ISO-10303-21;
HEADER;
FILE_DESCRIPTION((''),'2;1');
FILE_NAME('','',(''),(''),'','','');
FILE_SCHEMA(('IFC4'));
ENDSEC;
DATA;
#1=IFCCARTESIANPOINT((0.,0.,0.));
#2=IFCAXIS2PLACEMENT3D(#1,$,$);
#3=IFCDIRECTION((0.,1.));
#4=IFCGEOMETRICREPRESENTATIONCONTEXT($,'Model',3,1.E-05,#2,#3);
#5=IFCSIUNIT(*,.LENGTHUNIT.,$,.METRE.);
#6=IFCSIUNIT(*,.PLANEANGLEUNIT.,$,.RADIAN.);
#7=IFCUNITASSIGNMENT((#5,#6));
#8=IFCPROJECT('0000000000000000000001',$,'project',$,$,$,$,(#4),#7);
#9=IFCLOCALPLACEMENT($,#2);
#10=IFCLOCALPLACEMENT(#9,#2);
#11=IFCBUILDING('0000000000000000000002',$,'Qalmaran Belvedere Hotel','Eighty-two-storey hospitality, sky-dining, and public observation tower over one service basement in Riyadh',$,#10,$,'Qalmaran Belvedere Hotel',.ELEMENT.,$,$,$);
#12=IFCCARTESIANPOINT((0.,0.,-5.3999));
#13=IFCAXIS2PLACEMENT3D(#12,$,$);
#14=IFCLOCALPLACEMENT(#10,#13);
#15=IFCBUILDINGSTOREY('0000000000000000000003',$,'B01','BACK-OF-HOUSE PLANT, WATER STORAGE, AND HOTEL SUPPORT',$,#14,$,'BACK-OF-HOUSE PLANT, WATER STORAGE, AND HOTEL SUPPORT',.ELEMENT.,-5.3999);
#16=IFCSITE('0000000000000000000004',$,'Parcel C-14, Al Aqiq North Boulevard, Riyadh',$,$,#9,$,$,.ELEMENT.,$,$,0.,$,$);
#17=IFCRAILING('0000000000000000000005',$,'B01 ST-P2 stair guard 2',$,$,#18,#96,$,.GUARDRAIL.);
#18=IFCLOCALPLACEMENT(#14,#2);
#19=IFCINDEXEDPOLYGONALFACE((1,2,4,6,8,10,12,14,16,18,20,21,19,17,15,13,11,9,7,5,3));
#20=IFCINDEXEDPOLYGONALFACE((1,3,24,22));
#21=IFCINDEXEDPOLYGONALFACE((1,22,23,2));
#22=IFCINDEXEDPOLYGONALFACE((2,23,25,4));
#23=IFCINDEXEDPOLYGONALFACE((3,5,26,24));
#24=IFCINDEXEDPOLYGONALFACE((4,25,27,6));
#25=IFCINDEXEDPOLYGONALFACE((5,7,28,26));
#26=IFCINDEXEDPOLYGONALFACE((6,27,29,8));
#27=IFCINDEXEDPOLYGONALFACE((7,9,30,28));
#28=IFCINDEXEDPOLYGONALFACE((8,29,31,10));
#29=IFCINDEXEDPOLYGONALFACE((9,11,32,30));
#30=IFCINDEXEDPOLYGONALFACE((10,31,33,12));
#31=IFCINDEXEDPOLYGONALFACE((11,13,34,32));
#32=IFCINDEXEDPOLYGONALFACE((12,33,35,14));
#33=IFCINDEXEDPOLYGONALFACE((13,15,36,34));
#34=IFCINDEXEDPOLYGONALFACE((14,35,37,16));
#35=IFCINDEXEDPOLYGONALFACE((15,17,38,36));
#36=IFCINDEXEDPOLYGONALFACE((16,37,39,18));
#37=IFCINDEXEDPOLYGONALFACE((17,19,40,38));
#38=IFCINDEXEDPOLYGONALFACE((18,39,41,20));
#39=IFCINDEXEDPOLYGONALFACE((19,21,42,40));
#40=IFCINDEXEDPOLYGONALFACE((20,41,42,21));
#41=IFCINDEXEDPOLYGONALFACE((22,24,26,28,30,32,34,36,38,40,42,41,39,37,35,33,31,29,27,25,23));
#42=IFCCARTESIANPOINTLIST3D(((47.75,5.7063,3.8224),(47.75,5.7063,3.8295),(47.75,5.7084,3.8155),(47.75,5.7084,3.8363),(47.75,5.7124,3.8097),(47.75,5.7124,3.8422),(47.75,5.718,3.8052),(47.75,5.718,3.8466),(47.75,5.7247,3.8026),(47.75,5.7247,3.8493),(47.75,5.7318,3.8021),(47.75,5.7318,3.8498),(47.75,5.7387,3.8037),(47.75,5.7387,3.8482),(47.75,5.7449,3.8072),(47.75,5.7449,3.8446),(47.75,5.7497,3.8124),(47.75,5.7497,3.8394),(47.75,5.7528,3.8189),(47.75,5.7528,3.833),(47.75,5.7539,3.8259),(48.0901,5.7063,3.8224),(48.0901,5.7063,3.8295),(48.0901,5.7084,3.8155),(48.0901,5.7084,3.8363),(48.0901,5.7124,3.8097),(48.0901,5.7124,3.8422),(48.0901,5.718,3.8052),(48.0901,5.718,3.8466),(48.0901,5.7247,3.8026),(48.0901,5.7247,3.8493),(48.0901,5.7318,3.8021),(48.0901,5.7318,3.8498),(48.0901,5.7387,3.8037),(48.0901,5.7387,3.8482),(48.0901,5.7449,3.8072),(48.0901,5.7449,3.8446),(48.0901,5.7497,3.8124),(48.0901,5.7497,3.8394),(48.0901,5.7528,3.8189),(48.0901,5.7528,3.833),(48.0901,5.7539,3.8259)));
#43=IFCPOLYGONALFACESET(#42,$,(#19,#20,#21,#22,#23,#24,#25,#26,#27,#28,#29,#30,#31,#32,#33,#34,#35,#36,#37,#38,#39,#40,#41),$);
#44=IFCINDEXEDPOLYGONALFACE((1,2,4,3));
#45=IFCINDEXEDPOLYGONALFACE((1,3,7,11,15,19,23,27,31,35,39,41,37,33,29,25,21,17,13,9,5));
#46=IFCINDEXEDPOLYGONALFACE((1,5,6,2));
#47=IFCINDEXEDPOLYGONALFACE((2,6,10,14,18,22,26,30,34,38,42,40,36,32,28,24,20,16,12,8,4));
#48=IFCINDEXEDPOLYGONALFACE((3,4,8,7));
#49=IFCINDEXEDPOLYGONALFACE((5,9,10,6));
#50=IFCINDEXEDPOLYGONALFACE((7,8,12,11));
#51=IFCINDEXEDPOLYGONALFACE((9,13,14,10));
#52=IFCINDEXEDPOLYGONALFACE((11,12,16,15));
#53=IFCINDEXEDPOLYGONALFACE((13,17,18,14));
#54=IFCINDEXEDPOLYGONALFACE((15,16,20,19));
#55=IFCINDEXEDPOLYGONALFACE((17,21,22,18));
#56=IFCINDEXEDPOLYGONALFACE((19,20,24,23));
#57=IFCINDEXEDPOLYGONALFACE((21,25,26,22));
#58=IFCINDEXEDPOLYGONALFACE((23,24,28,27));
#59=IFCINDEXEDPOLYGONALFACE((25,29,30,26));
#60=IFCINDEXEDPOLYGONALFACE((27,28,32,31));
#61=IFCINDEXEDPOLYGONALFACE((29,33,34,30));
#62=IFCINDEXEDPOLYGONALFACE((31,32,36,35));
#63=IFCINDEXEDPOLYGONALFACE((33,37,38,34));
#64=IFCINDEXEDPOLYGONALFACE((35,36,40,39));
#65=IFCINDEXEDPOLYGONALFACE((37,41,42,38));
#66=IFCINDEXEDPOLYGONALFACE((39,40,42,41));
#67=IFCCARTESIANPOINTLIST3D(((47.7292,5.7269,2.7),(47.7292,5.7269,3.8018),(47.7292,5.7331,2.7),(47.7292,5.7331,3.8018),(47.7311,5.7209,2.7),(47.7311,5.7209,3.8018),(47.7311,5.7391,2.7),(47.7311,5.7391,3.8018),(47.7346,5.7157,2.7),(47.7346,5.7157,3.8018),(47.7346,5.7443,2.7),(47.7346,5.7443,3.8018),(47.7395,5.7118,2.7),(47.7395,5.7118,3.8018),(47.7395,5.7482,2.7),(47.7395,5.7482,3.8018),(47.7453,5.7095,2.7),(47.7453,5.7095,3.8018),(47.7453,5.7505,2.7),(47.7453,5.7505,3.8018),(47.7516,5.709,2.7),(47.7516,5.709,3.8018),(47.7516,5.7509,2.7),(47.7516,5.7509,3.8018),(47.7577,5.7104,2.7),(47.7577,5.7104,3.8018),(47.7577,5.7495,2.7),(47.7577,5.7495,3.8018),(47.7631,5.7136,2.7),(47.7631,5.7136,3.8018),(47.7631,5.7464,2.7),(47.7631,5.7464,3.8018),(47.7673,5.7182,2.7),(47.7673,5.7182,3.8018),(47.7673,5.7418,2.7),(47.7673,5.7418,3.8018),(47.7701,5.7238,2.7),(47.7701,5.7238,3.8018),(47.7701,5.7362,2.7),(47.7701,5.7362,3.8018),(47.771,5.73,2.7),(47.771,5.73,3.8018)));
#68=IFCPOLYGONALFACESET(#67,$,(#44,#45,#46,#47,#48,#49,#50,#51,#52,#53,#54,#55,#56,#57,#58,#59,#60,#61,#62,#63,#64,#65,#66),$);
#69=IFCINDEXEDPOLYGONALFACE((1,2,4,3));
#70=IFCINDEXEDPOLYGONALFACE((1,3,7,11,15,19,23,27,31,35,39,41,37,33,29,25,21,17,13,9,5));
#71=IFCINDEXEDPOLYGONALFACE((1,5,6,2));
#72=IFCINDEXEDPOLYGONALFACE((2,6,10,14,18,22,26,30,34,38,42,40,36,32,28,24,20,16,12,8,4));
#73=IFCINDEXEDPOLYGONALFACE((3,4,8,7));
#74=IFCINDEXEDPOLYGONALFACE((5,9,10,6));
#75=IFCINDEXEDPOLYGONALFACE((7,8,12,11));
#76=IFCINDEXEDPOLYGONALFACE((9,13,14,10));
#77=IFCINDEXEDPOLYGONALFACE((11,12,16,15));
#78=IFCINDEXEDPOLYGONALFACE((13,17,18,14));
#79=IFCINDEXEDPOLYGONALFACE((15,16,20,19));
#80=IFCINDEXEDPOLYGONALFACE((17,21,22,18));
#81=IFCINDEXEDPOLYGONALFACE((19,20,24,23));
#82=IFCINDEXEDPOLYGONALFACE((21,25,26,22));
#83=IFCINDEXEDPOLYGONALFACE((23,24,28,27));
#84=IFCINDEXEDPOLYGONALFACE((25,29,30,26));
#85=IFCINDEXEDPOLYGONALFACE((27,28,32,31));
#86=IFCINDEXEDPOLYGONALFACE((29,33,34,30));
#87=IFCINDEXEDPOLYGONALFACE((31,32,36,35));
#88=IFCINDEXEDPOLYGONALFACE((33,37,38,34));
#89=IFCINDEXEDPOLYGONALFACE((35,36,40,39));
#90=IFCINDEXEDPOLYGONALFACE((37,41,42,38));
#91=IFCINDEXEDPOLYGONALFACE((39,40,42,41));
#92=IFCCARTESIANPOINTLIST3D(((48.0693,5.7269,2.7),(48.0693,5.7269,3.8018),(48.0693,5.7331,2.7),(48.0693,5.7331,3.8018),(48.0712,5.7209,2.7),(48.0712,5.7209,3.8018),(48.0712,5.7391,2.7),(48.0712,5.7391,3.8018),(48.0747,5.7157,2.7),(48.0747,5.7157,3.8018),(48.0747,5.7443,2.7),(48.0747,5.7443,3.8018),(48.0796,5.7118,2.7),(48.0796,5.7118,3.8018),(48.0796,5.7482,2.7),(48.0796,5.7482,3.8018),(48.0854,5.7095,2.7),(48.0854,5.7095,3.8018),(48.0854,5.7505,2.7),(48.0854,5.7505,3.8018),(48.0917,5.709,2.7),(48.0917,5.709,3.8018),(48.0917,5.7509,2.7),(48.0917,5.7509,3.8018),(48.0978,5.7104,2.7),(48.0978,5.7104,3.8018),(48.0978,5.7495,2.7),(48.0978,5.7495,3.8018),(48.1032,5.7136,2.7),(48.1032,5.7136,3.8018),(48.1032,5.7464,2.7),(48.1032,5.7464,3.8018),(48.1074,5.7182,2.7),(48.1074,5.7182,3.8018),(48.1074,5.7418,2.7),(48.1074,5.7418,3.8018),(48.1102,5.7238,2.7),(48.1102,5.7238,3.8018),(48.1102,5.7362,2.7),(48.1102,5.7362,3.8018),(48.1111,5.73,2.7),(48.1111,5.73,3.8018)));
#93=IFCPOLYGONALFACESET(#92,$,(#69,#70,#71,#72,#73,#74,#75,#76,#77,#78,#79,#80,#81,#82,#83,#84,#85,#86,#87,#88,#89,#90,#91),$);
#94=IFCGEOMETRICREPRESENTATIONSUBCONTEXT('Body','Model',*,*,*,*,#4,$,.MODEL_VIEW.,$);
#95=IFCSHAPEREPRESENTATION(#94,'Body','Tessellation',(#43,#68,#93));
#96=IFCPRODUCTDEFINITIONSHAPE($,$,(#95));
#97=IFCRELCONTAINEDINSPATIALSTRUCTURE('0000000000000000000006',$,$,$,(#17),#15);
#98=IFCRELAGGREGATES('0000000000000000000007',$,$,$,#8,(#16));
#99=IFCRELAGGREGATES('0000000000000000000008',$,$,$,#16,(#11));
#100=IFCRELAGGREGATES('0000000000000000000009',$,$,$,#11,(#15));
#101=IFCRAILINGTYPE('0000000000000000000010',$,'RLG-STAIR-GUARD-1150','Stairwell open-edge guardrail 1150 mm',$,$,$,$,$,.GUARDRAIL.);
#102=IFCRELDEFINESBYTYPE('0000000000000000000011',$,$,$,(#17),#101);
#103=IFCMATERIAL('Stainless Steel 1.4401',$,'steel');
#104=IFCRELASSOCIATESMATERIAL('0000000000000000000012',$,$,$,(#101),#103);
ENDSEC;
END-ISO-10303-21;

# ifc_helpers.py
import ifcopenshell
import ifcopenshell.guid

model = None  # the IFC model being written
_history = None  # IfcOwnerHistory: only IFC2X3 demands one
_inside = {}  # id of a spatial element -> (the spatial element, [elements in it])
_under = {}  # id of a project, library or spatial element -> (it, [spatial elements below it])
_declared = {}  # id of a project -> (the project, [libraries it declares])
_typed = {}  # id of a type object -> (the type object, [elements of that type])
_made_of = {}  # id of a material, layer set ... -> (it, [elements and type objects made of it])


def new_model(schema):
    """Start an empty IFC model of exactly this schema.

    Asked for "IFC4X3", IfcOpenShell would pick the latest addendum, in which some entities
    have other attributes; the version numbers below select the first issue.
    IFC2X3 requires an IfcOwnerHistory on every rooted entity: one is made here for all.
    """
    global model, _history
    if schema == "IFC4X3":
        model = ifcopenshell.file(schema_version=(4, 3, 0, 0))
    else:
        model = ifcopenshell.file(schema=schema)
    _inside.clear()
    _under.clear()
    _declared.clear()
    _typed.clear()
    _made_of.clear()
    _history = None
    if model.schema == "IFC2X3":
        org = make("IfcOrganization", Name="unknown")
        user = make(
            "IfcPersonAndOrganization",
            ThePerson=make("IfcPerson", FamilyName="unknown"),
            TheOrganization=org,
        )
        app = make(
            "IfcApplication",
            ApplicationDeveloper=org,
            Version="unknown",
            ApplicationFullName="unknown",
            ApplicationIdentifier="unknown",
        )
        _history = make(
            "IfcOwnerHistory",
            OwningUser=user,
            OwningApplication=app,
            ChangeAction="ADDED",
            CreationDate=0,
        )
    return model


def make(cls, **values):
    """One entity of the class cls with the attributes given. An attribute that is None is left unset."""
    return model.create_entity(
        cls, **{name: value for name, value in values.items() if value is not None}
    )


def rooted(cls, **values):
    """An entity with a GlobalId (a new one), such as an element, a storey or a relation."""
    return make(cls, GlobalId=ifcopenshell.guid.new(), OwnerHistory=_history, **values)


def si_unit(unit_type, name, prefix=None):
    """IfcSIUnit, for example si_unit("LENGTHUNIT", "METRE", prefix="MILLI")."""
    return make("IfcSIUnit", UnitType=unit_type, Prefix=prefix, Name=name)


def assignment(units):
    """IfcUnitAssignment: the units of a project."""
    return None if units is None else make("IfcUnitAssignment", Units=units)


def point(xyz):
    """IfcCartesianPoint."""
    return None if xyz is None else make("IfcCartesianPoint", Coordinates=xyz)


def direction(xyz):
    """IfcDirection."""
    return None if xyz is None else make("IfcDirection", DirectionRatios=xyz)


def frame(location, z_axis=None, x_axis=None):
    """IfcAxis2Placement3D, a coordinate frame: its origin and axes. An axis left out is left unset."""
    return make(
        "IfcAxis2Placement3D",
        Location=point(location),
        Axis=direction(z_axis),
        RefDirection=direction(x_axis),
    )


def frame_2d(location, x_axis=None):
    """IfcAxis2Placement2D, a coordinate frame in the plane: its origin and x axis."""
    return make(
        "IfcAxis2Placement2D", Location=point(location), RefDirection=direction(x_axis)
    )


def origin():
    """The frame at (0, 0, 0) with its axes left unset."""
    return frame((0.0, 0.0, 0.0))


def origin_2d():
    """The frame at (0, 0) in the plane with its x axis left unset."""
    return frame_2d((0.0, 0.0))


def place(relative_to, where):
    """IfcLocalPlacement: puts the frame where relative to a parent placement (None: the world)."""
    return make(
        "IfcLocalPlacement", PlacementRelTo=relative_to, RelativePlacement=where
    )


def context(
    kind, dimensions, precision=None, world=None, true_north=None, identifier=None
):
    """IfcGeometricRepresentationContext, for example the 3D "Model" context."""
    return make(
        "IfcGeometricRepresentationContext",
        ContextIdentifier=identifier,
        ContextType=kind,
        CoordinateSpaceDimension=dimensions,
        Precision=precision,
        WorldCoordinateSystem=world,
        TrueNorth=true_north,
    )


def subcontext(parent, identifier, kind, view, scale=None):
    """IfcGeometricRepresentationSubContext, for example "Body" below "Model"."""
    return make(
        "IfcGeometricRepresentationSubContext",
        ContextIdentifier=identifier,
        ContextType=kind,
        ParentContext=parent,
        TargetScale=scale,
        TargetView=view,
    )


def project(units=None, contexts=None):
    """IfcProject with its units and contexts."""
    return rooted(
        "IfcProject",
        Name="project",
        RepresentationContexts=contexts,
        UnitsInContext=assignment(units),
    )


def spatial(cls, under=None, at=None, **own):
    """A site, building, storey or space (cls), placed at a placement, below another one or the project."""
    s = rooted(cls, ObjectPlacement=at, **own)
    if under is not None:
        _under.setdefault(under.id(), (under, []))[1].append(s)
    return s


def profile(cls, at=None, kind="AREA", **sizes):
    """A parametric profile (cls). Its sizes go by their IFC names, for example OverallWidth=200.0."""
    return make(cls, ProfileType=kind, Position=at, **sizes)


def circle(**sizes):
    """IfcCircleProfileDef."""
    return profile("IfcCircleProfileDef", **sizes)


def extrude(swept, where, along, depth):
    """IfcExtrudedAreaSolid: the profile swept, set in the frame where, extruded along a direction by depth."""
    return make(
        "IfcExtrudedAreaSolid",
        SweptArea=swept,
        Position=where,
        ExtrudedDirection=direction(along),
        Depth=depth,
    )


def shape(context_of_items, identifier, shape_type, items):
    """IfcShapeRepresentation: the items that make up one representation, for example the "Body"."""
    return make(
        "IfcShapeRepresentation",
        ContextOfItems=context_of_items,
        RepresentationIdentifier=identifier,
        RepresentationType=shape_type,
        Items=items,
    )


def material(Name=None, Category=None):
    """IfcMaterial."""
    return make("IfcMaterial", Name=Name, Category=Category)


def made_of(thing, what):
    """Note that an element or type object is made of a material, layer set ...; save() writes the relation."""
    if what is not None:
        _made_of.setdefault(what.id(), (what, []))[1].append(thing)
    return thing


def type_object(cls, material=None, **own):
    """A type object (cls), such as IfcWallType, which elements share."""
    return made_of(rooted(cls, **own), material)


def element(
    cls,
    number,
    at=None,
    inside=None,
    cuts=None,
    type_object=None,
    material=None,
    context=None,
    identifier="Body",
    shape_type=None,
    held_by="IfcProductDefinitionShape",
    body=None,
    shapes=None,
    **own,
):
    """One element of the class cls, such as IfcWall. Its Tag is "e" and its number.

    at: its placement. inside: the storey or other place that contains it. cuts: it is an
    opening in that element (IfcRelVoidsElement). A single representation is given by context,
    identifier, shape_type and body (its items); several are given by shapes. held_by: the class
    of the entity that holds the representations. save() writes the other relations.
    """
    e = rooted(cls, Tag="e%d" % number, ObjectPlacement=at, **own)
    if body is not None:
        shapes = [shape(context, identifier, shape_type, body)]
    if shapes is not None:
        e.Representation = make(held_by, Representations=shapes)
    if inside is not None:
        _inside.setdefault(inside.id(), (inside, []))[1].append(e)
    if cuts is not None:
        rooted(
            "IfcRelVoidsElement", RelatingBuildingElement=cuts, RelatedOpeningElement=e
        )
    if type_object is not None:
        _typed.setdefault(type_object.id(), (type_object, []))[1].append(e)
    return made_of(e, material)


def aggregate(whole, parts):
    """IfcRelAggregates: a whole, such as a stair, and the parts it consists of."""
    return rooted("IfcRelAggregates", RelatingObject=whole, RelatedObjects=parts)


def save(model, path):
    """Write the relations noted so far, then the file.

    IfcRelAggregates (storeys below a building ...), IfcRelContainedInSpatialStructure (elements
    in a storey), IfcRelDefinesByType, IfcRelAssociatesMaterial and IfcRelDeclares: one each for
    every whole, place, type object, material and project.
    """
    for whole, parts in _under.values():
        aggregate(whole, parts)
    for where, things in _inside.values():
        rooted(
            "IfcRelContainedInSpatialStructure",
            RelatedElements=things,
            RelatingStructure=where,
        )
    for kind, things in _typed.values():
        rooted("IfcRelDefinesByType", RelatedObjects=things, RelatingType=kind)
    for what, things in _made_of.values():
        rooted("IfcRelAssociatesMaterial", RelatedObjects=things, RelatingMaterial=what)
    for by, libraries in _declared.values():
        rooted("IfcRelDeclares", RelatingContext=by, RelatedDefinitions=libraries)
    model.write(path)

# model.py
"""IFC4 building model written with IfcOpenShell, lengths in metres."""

from ifc_helpers import new_model, si_unit, direction, frame, origin, origin_2d, place, context, subcontext, project, spatial, circle, extrude, material, type_object, element, save


model = new_model("IFC4")

# Units and contexts
model_context = context("Model", 3, precision=1e-05, world=origin(), true_north=direction((0.0, 1.0)))
body_context = subcontext(model_context, "Body", "Model", "MODEL_VIEW")
ifc_project = project(units=[si_unit("LENGTHUNIT", "METRE"), si_unit("PLANEANGLEUNIT", "RADIAN")], contexts=[model_context])

# Site, building, storey
site_placement = place(None, origin())
site = spatial("IfcSite", under=ifc_project, at=site_placement, Name="Parcel C-14, Al Aqiq North Boulevard, Riyadh", CompositionType="ELEMENT", RefElevation=0.0)
building_placement = place(site_placement, origin())
building = spatial("IfcBuilding", under=site, at=building_placement, Name="Qalmaran Belvedere Hotel", Description="Eighty-two-storey hospitality, sky-dining, and public observation tower over one service basement in Riyadh", LongName="Qalmaran Belvedere Hotel", CompositionType="ELEMENT")
storey_placement = place(building_placement, frame((0.0, 0.0, -5.3999)))
storey = spatial("IfcBuildingStorey", under=building, at=storey_placement, Name="B01", Description="BACK-OF-HOUSE PLANT, WATER STORAGE, AND HOTEL SUPPORT", LongName="BACK-OF-HOUSE PLANT, WATER STORAGE, AND HOTEL SUPPORT", CompositionType="ELEMENT", Elevation=-5.3999)

# Railing
ifc_material_1 = material(Name="Stainless Steel 1.4401", Category="steel")
railing_type_1 = type_object("IfcRailingType", Name="RLG-STAIR-GUARD-1150", Description="Stairwell open-edge guardrail 1150 mm", PredefinedType="GUARDRAIL", material=ifc_material_1)
railing_1_placement = place(storey_placement, frame((47.75, 5.73, 2.7)))
element("IfcRailing", 1, at=railing_1_placement, inside=storey, type_object=railing_type_1, Name="B01 ST-P2 stair guard 2", PredefinedType="GUARDRAIL", context=body_context, shape_type="SweptSolid", body=[
    extrude(circle(Radius=0.0239, at=origin_2d()), frame((0.0, 0.0, 1.126), z_axis=(1.0, 0.0, 0.0), x_axis=(0.0, 1.0, 0.0)), (0.0, 0.0, 1.0), 0.3401),
    extrude(circle(Radius=0.021, at=origin_2d()), origin(), (0.0, 0.0, 1.0), 1.1018),
    extrude(circle(Radius=0.021, at=origin_2d()), frame((0.3401, 0.0, 0.0)), (0.0, 0.0, 1.0), 1.1018),
])

save(model, "model.ifc")
